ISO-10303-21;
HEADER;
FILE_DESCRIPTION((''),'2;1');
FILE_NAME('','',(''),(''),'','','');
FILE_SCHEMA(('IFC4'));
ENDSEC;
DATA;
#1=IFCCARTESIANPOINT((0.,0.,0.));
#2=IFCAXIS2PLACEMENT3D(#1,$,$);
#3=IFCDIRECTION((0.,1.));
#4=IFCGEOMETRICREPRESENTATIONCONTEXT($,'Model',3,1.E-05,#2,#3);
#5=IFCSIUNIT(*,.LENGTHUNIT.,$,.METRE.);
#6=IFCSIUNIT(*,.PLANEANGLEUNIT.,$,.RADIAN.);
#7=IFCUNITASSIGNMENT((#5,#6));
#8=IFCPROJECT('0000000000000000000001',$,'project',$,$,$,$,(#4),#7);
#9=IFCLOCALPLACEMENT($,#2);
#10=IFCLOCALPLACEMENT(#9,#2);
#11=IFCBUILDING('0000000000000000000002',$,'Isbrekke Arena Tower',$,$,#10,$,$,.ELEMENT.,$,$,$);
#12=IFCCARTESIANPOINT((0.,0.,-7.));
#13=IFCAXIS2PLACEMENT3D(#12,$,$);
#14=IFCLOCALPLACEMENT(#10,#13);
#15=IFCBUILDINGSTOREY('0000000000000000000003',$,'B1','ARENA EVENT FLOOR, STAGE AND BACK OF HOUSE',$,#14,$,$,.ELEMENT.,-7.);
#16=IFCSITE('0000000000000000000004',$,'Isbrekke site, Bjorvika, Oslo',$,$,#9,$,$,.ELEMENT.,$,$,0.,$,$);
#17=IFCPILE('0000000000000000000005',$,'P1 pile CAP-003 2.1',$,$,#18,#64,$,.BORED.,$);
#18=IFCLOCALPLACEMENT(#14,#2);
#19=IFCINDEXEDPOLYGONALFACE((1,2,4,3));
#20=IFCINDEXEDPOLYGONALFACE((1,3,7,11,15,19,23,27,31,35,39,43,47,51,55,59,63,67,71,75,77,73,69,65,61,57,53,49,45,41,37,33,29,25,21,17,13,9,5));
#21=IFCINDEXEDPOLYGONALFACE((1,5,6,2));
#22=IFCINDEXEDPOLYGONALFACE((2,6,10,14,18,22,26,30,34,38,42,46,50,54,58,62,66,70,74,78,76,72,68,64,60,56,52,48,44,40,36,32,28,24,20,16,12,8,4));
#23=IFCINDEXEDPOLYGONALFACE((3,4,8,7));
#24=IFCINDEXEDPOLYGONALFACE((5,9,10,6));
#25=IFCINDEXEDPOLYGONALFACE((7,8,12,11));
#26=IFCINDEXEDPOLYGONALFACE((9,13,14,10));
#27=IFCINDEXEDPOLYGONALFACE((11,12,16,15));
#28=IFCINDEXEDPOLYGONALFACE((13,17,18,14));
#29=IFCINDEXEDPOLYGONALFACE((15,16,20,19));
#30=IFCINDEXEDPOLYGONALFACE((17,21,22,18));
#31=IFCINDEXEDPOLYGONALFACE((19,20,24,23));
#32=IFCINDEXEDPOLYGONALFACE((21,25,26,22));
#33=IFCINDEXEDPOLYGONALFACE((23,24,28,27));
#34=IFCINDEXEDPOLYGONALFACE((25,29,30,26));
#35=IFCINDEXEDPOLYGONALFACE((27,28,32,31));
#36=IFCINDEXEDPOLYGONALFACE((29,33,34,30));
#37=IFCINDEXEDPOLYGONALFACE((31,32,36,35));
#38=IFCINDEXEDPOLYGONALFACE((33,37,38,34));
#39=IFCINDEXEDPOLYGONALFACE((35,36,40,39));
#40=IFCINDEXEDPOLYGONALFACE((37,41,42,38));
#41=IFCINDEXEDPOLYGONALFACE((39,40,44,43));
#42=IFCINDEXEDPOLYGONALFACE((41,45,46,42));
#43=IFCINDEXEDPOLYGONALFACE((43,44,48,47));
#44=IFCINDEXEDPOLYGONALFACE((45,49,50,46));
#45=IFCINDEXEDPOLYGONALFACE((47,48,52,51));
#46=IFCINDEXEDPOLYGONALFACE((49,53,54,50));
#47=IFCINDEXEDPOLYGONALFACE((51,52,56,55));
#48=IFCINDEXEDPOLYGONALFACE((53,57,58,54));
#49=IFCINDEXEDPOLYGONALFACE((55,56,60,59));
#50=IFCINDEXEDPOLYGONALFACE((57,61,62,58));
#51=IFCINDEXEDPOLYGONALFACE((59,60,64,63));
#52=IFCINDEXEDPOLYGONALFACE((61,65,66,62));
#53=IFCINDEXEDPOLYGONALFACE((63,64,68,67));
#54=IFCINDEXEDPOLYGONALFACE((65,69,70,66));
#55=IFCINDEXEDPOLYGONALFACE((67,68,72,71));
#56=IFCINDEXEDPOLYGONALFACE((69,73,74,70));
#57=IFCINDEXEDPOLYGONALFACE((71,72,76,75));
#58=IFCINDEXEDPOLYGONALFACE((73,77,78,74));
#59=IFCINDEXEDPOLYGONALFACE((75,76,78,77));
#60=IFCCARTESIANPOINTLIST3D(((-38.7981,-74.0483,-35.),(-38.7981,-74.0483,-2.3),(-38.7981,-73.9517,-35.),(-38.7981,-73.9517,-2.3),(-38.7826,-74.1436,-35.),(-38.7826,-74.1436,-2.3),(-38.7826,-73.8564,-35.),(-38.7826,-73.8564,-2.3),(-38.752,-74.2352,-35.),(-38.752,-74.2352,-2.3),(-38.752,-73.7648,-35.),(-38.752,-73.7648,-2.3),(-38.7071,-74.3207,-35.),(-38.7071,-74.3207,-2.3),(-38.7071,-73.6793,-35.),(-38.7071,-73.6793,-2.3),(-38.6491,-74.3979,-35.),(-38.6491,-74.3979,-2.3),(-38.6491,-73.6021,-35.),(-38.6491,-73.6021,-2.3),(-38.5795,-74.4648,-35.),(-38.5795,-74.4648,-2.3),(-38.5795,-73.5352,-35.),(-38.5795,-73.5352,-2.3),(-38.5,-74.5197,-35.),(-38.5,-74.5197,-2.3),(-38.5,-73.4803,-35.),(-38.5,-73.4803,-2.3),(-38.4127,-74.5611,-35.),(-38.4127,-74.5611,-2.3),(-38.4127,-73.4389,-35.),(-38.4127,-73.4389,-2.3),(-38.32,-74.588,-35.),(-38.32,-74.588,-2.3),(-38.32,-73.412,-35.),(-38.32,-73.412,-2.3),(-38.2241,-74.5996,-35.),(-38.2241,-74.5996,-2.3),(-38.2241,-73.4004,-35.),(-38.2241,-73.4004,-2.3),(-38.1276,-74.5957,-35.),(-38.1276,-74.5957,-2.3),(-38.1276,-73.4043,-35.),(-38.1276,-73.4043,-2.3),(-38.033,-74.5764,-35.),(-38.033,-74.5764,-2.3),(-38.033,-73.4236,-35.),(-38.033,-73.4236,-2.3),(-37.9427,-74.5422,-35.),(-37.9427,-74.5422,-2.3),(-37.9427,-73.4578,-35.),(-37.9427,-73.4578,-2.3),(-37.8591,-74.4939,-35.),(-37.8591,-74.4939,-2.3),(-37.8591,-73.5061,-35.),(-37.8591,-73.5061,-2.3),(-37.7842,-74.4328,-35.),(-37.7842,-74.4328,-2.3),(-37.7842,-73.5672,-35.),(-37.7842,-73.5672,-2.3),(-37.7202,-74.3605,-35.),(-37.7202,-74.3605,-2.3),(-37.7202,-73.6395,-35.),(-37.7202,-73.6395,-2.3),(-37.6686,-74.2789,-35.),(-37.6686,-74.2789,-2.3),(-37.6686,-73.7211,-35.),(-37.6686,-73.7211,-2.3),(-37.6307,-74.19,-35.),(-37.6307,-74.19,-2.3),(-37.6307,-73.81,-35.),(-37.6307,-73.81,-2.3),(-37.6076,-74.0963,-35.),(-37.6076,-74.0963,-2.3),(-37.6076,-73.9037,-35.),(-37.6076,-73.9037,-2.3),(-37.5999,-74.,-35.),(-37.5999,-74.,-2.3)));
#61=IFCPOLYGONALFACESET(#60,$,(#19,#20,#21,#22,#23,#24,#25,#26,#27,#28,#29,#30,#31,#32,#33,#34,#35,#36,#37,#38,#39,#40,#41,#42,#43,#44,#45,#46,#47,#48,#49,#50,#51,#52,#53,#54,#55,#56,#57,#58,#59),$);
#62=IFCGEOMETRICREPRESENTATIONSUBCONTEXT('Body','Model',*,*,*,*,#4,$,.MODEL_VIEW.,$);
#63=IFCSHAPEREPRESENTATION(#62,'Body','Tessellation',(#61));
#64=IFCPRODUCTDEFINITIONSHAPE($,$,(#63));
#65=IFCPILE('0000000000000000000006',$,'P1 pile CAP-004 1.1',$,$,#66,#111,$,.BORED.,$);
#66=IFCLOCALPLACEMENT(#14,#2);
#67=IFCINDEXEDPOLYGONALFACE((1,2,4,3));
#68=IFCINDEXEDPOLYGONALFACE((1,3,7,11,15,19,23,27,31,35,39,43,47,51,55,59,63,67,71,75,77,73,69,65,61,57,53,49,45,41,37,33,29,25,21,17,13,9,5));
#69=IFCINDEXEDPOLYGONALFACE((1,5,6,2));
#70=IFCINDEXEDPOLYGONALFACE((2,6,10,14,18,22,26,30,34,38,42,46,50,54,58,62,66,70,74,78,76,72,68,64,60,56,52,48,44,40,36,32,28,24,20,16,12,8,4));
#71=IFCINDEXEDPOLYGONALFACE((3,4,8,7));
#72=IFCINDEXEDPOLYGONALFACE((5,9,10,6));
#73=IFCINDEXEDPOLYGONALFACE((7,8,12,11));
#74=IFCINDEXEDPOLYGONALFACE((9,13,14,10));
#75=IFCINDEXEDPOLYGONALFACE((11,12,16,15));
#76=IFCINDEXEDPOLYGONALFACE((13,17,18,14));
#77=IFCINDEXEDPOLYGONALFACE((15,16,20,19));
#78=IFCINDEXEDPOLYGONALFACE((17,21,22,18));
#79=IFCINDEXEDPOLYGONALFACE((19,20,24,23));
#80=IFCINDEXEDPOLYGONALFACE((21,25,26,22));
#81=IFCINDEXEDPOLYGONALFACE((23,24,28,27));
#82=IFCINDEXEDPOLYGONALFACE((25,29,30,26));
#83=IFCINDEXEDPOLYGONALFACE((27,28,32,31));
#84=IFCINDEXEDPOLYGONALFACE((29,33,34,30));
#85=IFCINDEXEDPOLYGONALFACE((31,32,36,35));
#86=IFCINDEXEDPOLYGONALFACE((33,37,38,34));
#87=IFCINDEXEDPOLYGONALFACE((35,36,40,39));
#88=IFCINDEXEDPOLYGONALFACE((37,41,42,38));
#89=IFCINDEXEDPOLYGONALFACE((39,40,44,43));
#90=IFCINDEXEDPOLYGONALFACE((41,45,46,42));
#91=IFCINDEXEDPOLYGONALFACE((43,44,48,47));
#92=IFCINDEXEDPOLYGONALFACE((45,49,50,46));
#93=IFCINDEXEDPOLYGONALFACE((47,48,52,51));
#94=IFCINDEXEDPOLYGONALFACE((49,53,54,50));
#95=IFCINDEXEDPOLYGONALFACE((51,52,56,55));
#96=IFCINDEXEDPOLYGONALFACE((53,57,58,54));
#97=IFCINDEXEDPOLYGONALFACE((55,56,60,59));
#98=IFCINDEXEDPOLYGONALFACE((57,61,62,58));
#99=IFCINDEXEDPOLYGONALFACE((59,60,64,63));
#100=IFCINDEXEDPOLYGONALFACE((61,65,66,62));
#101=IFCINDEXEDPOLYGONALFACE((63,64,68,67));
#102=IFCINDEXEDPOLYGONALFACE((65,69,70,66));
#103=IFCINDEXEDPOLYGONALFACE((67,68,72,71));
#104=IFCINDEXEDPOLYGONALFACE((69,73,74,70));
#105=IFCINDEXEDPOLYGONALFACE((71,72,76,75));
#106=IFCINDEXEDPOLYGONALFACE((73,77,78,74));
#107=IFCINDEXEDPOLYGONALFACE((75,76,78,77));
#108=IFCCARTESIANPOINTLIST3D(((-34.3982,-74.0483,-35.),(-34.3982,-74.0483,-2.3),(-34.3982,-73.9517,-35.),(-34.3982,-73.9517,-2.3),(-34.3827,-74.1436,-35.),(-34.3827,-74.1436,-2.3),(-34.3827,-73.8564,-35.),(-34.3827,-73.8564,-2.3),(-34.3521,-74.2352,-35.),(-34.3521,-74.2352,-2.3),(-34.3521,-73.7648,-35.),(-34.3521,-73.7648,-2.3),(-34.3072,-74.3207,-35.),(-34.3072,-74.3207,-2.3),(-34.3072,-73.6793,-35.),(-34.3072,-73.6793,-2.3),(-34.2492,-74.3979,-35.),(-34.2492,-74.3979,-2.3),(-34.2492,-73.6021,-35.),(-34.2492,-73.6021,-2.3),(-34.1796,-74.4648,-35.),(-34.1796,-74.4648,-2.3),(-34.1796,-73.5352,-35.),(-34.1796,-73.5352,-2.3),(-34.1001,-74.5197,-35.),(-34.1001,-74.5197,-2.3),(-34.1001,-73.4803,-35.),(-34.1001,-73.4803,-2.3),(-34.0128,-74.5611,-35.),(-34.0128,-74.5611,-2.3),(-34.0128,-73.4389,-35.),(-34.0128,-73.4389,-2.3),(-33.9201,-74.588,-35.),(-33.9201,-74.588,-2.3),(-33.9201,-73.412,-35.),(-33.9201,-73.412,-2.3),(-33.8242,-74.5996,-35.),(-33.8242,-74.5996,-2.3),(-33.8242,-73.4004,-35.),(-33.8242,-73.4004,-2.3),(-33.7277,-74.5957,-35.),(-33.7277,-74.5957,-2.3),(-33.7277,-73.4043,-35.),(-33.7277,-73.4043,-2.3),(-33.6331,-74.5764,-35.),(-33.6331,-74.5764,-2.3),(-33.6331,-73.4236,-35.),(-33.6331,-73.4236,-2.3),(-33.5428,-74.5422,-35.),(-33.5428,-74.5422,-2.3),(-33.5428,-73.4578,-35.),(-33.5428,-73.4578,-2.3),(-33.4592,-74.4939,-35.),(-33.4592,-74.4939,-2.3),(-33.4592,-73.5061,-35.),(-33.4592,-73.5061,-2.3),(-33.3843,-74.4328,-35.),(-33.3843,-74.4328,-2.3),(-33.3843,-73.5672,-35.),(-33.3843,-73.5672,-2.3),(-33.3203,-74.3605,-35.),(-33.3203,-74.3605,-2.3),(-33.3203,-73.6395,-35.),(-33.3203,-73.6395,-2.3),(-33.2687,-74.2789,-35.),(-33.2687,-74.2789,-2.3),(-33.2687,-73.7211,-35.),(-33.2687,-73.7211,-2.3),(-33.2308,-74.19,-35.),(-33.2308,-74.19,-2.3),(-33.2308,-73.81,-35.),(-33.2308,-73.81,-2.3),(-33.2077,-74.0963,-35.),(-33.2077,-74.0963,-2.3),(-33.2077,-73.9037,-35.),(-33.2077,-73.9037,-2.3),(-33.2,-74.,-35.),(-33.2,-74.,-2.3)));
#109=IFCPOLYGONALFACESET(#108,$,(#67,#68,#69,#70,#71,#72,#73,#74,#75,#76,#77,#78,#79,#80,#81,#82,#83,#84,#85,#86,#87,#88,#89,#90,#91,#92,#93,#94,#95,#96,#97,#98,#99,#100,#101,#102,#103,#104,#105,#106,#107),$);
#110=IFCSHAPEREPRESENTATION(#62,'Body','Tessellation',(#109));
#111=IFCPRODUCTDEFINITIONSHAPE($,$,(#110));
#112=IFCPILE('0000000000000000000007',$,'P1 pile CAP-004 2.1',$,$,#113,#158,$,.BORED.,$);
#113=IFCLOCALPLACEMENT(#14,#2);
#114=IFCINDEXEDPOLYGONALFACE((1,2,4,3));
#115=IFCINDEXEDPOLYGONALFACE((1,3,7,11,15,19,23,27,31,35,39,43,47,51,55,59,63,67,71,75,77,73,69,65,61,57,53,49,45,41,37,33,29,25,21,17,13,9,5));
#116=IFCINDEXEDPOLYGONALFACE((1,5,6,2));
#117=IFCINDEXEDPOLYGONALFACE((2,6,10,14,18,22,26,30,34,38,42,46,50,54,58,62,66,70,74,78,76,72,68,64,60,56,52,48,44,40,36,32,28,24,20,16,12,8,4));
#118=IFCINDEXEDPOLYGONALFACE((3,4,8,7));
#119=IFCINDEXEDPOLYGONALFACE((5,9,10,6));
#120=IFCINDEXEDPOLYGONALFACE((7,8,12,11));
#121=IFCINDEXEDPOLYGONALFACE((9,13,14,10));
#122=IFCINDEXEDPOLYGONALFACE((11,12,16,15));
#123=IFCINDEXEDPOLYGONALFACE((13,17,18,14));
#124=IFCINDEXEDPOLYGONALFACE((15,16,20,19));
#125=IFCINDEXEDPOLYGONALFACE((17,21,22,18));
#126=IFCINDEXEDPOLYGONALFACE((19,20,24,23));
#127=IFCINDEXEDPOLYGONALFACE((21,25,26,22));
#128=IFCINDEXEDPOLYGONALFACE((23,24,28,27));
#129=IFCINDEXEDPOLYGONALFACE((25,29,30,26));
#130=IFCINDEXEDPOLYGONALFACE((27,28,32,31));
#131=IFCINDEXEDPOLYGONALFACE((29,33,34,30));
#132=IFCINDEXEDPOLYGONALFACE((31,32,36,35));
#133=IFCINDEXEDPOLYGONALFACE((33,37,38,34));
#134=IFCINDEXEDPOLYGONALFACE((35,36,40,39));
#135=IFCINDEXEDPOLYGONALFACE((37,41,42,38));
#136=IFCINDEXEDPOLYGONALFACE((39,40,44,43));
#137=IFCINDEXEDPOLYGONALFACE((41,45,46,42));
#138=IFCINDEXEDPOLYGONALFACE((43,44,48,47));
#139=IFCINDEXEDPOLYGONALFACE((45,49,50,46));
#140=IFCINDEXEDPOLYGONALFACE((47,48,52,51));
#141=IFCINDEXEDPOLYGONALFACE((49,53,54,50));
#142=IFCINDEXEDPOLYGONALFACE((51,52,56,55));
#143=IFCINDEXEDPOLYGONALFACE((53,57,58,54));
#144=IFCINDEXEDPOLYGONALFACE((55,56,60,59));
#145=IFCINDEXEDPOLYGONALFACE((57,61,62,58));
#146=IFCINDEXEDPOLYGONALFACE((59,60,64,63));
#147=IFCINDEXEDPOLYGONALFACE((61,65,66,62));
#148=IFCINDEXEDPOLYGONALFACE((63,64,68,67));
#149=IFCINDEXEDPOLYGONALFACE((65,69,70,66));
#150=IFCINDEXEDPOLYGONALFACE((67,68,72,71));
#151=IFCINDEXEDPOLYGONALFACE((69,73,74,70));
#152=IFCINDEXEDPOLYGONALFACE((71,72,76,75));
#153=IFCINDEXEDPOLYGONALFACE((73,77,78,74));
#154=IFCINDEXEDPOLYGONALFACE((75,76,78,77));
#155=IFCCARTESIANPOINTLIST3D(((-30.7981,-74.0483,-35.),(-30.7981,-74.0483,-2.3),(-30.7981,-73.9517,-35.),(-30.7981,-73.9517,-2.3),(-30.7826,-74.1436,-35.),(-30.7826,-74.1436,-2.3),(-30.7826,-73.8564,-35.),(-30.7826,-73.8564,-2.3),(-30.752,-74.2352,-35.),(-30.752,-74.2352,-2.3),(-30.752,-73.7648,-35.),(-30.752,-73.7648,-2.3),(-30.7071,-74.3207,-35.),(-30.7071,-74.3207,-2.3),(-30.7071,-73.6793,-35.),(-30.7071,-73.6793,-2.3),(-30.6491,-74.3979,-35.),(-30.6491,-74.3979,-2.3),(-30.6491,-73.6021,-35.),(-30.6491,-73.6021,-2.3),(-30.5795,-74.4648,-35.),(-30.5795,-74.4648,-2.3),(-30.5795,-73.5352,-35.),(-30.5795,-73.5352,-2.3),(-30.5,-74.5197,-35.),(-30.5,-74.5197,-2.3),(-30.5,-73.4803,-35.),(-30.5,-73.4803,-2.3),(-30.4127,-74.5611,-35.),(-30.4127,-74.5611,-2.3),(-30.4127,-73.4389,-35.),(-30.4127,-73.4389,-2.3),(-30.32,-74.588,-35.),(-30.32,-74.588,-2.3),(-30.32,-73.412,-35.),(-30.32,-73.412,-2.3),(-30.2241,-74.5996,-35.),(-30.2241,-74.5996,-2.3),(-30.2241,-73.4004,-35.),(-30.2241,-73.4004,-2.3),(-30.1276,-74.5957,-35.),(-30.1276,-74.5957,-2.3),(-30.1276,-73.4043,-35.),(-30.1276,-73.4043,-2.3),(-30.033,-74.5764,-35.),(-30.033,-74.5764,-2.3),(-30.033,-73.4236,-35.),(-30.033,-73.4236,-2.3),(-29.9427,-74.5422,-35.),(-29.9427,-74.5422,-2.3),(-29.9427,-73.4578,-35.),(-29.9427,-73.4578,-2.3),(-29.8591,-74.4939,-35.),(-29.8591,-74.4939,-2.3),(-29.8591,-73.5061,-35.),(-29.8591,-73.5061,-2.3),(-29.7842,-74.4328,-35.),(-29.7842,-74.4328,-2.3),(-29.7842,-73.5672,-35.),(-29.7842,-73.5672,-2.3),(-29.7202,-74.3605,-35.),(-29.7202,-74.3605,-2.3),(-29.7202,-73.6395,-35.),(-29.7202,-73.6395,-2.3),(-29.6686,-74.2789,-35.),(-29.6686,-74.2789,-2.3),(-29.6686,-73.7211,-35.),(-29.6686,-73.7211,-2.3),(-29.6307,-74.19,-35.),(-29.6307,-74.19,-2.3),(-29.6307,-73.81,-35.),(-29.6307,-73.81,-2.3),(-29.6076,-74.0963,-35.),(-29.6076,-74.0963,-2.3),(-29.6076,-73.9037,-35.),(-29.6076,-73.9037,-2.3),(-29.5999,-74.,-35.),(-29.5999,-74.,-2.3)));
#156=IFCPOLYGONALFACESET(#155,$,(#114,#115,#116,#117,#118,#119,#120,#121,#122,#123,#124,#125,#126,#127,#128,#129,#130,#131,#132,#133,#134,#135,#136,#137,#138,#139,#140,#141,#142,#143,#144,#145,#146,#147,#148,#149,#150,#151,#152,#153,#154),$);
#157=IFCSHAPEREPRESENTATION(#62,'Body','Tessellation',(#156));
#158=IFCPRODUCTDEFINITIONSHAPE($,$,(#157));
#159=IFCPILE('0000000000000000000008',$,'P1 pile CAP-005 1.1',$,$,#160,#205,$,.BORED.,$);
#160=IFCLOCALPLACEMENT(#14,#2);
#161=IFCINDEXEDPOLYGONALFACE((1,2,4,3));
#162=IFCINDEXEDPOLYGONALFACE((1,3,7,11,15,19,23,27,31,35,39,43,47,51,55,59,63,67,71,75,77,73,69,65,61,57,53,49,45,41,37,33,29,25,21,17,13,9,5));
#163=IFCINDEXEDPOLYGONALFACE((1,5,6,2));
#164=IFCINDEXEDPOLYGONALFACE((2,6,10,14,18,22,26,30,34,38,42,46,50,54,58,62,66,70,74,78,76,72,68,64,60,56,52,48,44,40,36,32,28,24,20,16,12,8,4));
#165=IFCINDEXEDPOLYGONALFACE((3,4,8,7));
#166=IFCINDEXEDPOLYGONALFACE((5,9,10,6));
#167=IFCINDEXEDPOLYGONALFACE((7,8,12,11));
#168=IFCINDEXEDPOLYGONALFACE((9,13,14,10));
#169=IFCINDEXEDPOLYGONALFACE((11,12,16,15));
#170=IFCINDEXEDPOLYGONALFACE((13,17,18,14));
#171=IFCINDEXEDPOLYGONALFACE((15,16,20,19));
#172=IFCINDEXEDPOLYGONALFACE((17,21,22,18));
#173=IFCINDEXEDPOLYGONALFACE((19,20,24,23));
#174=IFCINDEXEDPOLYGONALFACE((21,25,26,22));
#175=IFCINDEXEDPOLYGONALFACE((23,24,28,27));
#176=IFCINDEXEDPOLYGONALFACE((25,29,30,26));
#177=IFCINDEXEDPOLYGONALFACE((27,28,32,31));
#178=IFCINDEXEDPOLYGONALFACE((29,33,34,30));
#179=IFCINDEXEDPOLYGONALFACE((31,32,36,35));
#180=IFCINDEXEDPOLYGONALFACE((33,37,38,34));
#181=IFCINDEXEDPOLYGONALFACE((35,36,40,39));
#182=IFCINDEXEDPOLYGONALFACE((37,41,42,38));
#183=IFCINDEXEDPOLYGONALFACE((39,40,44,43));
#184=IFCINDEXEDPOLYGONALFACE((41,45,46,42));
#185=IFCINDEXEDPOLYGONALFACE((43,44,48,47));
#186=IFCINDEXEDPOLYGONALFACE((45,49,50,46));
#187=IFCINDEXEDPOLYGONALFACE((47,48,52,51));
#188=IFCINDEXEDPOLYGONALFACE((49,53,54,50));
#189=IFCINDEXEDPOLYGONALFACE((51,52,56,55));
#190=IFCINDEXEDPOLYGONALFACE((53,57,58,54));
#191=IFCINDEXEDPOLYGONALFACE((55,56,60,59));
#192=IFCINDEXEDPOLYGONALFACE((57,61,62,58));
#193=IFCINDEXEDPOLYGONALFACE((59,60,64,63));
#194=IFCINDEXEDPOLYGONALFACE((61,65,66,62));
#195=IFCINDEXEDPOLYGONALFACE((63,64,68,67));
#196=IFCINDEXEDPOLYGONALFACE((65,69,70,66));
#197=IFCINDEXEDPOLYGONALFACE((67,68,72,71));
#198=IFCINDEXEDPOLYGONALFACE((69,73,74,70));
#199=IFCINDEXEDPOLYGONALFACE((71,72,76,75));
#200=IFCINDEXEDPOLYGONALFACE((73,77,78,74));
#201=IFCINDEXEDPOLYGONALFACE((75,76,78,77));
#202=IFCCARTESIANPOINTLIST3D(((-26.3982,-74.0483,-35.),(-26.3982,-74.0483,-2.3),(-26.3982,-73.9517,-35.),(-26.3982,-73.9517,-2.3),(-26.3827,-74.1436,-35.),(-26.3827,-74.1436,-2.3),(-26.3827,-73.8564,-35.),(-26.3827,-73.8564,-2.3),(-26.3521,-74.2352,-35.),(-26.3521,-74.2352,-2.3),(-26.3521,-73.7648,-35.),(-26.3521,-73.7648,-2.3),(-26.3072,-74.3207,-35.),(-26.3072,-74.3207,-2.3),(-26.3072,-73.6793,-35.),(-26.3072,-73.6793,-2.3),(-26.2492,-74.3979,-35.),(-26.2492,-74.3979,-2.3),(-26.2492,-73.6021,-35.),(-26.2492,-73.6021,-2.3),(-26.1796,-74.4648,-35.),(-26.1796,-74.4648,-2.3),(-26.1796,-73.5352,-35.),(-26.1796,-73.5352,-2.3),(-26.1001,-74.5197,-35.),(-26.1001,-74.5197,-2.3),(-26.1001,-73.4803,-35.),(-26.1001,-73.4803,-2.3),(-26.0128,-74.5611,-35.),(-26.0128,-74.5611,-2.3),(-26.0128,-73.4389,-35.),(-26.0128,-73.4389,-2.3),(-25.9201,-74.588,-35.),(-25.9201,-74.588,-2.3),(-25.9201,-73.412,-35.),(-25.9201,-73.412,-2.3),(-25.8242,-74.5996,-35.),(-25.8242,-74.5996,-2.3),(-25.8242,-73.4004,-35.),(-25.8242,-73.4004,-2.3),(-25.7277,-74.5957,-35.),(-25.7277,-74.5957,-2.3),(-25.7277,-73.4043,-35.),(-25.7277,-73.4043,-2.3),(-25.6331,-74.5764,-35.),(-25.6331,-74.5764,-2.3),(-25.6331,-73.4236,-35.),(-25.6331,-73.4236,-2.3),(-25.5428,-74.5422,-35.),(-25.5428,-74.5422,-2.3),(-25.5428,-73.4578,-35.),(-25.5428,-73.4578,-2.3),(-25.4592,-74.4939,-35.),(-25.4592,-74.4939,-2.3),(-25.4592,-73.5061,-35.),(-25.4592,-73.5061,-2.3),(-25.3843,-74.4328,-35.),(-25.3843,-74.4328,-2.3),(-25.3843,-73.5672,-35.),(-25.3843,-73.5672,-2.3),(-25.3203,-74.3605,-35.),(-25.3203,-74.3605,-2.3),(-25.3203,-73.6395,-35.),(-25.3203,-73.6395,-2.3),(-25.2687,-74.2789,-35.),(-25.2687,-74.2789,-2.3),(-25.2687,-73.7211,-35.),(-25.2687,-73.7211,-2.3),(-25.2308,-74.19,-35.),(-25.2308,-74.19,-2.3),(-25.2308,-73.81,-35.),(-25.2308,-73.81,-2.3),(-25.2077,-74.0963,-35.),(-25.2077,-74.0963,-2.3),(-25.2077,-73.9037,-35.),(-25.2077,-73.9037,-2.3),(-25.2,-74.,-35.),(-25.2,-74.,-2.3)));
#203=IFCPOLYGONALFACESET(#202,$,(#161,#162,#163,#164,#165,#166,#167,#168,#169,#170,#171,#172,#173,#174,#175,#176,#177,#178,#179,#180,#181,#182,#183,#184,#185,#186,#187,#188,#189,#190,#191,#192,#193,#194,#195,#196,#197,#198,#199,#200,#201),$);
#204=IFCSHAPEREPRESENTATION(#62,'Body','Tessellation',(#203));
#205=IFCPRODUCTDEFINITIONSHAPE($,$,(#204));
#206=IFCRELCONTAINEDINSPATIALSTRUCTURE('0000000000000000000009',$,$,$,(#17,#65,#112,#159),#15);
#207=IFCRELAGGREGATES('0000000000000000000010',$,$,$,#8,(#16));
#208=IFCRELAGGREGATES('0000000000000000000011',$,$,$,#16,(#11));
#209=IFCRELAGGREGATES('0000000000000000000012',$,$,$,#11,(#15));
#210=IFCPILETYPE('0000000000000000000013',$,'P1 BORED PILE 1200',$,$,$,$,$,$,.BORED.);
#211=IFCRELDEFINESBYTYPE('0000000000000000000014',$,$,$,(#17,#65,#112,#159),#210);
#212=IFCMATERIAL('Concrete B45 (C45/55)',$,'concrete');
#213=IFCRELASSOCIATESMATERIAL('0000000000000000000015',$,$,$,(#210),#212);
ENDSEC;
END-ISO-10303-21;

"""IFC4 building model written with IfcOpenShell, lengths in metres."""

from ifc_helpers import new_model, si_unit, direction, frame, origin, origin_2d, place, context, subcontext, project, spatial, circle, extrude, material, material_profile, profile_set, type_object, element, save


model = new_model("IFC4")

# Units and contexts
model_context = context("Model", 3, precision=1e-05, world=origin(), true_north=direction((0.0, 1.0)))
body_context = subcontext(model_context, "Body", "Model", "MODEL_VIEW")
ifc_project = project(units=[si_unit("LENGTHUNIT", "METRE"), si_unit("PLANEANGLEUNIT", "RADIAN")], contexts=[model_context])

# Site, building, storey
site_placement = place(None, origin())
site = spatial("IfcSite", under=ifc_project, at=site_placement, Name="Isbrekke site, Bjorvika, Oslo", CompositionType="ELEMENT", RefElevation=0.0)
building_placement = place(site_placement, origin())
building = spatial("IfcBuilding", under=site, at=building_placement, Name="Isbrekke Arena Tower", CompositionType="ELEMENT")
storey_placement = place(building_placement, frame((0.0, 0.0, -7.0)))
storey = spatial("IfcBuildingStorey", under=building, at=storey_placement, Name="B1", Description="ARENA EVENT FLOOR, STAGE AND BACK OF HOUSE", CompositionType="ELEMENT", Elevation=-7.0)

# Piles
ifc_material_1 = material(Name="Concrete B45 (C45/55)", Category="concrete")
ifc_material_profile_1 = material_profile(ifc_material_1, circle(Radius=0.6001, at=origin_2d()), Name="BORED PILE D1200")
ifc_profile_set_1 = profile_set([ifc_material_profile_1], Name="Concrete B45 (C45/55)")
pile_type = type_object("IfcPileType", Name="P1 BORED PILE 1200", PredefinedType="BORED", material=ifc_profile_set_1)
for number, where, z_axis, x_axis, name in (
    (1, (-38.2, -74.0, -2.3), (0.0, 0.0, -1.0), (1.0, 0.0, 0.0), "P1 pile CAP-003 2.1"),
    (2, (-33.8, -74.0, -2.3), (0.0, 0.0, -1.0), (1.0, 0.0, 0.0), "P1 pile CAP-004 1.1"),
    (3, (-30.2, -74.0, -2.3), (0.0, 0.0, -1.0), (1.0, 0.0, 0.0), "P1 pile CAP-004 2.1"),
    (4, (-25.8, -74.0, -2.3), (0.0, 0.0, -1.0), (1.0, 0.0, 0.0), "P1 pile CAP-005 1.1"),
):
    element("IfcPile", number, at=place(storey_placement, frame(where, z_axis=z_axis, x_axis=x_axis)), inside=storey, type_object=pile_type, Name=name, PredefinedType="BORED", context=body_context, shape_type="SweptSolid", body=[
        extrude(circle(Radius=0.6001, at=origin_2d()), origin(), (0.0, 0.0, 1.0), 32.7),
    ])

save(model, "model.ifc")
